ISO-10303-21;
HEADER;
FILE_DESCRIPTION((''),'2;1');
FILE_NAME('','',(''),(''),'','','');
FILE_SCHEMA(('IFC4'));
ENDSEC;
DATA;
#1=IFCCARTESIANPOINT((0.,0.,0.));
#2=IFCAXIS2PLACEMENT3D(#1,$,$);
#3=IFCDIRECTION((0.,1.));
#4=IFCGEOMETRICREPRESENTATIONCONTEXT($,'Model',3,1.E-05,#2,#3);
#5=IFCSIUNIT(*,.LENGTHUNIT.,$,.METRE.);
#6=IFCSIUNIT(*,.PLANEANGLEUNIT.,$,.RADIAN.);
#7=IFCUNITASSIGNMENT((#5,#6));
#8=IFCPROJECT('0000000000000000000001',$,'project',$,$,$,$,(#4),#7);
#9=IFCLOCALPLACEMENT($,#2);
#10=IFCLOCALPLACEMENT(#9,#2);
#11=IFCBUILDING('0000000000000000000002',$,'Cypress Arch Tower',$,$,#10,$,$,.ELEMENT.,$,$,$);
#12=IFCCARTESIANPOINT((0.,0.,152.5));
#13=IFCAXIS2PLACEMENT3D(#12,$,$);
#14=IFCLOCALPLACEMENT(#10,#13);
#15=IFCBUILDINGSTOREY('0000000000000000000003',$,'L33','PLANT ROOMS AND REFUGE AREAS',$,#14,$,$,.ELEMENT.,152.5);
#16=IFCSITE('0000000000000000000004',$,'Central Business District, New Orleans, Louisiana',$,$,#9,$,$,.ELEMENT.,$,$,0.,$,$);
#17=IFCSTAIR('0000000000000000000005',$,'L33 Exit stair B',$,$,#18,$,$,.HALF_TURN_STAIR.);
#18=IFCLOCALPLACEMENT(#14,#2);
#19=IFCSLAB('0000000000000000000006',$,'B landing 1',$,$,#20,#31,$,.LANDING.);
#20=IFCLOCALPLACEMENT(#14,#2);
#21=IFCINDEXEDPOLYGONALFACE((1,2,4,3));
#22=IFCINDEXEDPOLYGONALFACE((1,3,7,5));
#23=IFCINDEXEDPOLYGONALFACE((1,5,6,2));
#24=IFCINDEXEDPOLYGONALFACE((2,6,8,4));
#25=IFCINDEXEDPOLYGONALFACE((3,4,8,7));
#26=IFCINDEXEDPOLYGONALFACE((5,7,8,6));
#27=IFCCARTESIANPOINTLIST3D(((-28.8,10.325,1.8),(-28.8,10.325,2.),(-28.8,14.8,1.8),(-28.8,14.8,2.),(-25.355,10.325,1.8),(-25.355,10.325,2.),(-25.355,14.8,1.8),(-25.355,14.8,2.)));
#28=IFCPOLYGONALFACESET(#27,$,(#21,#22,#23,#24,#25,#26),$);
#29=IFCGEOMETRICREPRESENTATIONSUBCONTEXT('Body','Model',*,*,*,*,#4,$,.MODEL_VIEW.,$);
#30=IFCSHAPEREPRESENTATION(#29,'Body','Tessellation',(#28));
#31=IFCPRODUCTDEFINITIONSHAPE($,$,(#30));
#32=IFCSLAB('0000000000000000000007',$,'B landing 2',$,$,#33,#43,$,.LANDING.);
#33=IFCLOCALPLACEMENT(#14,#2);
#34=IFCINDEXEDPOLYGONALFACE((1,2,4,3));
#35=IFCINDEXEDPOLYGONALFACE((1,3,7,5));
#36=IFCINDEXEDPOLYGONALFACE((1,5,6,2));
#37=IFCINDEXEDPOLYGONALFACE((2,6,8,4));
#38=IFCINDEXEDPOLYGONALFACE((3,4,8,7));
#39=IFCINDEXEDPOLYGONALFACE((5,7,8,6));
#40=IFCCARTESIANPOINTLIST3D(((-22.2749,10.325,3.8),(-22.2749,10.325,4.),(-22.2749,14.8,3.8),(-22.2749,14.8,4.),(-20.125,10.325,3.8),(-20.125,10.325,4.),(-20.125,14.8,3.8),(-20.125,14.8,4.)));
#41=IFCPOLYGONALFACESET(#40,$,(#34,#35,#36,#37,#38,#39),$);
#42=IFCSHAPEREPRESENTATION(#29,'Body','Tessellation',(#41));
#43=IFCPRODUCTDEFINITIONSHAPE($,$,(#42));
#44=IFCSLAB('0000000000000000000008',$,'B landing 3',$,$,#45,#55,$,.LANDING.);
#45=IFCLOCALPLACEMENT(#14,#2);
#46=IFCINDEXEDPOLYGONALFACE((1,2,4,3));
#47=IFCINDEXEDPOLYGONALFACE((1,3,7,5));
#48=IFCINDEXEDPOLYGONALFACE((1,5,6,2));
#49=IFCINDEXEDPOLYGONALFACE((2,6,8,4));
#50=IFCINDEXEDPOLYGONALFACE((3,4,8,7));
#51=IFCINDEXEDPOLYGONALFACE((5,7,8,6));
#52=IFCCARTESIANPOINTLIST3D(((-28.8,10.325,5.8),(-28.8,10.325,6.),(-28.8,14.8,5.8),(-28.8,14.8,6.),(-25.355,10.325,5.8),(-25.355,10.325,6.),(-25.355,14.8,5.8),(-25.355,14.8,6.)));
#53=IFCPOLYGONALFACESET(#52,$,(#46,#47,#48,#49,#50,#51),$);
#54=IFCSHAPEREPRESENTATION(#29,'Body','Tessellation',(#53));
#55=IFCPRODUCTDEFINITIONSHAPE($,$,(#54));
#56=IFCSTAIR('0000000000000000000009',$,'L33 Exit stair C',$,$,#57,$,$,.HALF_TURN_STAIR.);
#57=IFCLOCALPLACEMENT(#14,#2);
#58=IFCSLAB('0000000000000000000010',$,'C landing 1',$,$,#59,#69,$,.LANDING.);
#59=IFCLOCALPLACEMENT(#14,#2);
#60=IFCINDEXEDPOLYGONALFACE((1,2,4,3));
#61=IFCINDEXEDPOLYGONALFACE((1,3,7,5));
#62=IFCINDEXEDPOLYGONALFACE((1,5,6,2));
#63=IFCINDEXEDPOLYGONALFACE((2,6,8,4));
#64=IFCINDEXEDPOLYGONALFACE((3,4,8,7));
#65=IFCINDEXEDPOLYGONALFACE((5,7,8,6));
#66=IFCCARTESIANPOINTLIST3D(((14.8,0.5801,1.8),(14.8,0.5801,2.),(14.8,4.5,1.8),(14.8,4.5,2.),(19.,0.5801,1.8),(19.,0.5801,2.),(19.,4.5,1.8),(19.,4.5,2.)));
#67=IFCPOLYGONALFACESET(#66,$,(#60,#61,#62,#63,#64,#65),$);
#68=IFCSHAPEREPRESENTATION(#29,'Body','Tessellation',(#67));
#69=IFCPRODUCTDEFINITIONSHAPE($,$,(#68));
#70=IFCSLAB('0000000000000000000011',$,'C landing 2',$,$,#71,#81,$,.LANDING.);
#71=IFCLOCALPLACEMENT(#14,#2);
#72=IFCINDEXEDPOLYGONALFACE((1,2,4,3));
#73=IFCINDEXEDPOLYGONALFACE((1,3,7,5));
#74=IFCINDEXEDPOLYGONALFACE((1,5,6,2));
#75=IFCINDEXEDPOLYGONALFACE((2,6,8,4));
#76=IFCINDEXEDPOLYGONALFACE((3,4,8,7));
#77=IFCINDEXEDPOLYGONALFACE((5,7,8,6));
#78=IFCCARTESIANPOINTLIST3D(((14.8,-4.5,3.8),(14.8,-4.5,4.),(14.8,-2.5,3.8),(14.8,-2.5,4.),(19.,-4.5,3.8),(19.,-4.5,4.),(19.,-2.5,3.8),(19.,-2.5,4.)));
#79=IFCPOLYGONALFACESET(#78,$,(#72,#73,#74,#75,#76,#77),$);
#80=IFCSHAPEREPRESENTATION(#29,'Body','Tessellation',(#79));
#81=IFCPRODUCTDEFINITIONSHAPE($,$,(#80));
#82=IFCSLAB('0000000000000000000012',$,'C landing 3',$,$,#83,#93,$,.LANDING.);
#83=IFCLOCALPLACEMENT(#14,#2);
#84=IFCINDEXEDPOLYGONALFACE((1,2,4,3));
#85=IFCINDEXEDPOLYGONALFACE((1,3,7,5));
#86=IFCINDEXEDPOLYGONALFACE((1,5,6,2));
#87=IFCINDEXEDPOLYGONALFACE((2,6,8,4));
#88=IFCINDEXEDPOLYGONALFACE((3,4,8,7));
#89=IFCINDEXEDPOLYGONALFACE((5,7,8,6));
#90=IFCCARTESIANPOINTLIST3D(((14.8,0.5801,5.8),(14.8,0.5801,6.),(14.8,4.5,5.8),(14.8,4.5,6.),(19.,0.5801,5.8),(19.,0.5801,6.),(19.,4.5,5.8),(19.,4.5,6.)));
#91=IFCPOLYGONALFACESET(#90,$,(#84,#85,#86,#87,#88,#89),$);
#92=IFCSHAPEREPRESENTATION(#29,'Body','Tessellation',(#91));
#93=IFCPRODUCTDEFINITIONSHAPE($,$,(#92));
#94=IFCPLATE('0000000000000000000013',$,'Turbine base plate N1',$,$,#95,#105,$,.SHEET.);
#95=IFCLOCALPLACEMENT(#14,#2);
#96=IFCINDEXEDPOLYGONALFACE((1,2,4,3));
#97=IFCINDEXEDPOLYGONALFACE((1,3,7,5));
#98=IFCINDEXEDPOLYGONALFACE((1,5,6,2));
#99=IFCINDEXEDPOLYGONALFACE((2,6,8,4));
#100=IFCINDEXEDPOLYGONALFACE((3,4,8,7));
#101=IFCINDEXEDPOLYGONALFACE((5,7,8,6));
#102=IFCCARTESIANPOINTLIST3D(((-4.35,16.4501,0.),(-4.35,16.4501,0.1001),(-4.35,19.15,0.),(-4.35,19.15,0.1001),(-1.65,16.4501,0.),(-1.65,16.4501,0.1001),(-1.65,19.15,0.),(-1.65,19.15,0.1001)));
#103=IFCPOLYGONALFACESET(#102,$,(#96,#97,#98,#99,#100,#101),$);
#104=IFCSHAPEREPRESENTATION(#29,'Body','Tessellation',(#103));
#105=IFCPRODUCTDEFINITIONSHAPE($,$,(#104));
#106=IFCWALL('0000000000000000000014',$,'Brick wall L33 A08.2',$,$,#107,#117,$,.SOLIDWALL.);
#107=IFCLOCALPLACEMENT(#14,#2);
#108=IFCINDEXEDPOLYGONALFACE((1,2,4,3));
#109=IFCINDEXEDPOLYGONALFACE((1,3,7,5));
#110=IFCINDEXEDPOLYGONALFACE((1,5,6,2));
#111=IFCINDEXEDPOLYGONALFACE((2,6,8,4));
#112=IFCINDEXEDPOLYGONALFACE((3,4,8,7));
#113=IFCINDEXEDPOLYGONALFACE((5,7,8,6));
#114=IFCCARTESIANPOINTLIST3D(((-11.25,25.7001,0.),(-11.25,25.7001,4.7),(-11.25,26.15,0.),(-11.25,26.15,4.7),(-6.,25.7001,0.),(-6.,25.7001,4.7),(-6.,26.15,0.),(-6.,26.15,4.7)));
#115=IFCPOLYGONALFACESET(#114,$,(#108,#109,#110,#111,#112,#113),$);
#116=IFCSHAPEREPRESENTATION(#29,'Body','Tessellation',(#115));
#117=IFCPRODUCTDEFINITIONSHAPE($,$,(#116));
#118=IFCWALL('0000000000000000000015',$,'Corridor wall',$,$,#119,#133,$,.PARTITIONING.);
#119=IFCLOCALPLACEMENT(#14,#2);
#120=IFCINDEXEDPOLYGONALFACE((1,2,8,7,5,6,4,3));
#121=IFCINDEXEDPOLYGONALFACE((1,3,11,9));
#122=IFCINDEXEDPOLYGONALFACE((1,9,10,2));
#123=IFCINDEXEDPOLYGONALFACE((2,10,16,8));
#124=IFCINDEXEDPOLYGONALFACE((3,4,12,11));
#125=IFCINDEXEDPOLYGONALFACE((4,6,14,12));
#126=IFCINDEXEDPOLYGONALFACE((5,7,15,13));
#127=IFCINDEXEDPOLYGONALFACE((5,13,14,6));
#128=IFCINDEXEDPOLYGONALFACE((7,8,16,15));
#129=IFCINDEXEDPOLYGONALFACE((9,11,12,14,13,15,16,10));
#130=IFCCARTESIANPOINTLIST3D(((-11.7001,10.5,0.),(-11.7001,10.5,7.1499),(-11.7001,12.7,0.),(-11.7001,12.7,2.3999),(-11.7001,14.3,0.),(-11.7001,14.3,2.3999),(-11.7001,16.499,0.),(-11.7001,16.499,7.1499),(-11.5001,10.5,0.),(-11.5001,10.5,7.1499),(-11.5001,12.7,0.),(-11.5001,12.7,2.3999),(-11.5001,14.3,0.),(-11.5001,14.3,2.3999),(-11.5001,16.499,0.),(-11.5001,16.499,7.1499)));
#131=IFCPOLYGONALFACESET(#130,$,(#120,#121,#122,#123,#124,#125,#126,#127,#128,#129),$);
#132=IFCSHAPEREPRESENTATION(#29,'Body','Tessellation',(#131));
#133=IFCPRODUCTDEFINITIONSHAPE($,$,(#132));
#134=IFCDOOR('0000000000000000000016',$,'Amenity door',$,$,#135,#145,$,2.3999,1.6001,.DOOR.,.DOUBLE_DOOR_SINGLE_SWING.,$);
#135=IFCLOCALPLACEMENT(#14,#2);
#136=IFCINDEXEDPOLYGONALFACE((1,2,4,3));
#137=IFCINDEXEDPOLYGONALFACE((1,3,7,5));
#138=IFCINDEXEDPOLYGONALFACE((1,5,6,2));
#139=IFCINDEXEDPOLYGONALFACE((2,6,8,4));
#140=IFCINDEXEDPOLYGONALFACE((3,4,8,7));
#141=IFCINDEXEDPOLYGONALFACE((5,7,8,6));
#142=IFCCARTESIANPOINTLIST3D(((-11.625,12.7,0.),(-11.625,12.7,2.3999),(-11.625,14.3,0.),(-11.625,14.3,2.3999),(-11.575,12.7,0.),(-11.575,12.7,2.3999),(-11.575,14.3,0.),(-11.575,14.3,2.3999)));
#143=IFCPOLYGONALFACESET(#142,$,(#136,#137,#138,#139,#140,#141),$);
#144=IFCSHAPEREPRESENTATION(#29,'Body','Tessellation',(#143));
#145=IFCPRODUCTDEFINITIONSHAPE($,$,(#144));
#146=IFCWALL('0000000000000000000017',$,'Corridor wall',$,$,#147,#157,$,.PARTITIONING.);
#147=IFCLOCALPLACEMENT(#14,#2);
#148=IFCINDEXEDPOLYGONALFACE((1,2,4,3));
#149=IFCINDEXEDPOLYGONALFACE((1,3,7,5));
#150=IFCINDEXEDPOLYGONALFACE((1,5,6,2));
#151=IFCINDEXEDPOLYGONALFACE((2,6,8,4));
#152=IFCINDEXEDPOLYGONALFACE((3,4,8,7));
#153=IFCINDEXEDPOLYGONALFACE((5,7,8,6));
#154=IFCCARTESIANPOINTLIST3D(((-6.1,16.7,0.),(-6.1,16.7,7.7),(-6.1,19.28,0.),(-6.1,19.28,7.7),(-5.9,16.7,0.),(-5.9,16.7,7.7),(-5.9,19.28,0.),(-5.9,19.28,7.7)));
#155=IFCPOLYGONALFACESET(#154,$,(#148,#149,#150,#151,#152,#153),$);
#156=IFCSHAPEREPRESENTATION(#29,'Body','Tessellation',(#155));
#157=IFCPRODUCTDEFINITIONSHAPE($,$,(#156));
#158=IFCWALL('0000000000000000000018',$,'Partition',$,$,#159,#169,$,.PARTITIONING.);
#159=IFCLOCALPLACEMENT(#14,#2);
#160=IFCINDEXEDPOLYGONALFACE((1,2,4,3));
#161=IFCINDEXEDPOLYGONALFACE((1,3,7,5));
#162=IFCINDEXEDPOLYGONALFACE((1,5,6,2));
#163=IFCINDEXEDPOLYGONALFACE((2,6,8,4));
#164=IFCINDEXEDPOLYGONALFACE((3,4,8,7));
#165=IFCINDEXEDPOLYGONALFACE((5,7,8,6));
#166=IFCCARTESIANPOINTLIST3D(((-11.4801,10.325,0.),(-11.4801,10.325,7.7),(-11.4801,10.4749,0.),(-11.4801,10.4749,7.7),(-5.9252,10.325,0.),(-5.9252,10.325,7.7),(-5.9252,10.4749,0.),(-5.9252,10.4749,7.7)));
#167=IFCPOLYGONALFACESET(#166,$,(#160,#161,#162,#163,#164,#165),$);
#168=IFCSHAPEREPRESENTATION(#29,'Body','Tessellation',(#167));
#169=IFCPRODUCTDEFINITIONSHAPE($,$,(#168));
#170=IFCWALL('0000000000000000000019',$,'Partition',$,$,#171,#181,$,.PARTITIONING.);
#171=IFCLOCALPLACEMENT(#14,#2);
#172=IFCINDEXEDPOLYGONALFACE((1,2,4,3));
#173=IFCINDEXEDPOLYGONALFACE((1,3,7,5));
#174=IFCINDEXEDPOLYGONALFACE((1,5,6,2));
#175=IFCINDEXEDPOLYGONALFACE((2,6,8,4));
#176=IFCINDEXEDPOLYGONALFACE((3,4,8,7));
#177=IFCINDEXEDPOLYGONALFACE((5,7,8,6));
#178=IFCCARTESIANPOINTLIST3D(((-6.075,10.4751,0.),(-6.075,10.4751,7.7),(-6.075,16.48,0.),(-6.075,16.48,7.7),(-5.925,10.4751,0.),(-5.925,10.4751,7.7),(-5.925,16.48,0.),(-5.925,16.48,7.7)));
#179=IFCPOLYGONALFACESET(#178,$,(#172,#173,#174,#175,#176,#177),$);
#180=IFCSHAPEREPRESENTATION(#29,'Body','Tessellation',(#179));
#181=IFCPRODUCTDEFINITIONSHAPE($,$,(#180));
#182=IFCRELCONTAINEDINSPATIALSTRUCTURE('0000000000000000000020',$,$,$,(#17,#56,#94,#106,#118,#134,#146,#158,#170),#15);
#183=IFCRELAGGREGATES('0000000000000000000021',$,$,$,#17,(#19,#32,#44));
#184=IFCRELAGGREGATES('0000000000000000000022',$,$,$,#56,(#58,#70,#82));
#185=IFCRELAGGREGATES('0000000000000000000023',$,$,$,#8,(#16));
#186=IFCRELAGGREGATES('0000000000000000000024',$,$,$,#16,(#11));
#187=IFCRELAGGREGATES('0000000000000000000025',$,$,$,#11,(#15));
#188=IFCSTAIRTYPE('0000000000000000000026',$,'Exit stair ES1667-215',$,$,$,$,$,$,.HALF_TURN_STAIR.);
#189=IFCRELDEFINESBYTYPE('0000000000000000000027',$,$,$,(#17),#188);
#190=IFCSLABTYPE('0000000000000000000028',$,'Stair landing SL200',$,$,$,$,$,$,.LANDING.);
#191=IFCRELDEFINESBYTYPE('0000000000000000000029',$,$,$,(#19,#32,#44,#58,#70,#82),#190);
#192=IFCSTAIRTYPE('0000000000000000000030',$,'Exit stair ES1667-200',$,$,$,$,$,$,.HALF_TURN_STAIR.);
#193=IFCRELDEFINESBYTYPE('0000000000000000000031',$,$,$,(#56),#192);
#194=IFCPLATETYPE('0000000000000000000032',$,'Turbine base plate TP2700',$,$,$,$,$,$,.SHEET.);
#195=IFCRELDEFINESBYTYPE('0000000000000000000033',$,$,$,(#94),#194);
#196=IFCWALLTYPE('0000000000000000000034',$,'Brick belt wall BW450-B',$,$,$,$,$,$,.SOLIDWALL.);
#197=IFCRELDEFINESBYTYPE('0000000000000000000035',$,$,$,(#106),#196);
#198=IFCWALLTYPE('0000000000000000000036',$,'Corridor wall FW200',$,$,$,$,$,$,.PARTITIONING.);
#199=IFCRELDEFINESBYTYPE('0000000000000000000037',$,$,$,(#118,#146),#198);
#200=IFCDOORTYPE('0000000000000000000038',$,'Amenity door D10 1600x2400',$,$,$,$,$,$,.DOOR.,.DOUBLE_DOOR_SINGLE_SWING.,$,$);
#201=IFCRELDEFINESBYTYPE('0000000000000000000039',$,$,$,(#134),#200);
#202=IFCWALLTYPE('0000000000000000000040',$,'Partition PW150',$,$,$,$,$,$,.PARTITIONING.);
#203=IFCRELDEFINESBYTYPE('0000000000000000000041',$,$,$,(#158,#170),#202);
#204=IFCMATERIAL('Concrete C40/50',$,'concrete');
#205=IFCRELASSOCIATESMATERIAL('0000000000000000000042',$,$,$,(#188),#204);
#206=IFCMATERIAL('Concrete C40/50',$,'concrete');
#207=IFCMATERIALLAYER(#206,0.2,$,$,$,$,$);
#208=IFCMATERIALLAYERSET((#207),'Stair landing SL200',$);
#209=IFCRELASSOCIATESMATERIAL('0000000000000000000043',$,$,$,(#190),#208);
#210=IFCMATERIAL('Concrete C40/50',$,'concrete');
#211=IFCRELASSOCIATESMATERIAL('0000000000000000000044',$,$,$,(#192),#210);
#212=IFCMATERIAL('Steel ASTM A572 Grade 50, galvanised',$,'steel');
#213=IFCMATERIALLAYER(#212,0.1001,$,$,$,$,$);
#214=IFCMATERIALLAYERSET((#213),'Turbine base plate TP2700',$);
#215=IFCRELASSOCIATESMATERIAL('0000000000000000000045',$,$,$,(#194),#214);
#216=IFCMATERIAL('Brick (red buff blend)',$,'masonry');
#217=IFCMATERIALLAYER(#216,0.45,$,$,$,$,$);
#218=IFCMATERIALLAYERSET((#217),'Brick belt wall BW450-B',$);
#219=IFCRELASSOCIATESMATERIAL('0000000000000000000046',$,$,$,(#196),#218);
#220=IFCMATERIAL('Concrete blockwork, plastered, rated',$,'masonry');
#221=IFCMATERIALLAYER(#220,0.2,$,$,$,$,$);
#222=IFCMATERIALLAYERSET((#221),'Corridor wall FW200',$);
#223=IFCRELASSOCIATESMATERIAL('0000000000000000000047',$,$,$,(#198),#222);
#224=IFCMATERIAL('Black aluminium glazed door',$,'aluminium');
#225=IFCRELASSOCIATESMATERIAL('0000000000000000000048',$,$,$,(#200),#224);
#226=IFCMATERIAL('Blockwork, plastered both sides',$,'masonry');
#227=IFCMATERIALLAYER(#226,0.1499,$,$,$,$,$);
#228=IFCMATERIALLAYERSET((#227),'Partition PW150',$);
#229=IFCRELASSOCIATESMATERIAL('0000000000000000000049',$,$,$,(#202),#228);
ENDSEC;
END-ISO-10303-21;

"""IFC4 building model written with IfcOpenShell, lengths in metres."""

from ifc_helpers import new_model, si_unit, direction, frame, frame_2d, origin, origin_2d, place, context, subcontext, project, spatial, polyline, rectangle, outline, extrude, material, layer, layer_set, type_object, element, fill, aggregate, save


model = new_model("IFC4")

# Units and contexts
model_context = context("Model", 3, precision=1e-05, world=origin(), true_north=direction((0.0, 1.0)))
body_context = subcontext(model_context, "Body", "Model", "MODEL_VIEW")
ifc_project = project(units=[si_unit("LENGTHUNIT", "METRE"), si_unit("PLANEANGLEUNIT", "RADIAN")], contexts=[model_context])

# Site, building, storey
site_placement = place(None, origin())
site = spatial("IfcSite", under=ifc_project, at=site_placement, Name="Central Business District, New Orleans, Louisiana", CompositionType="ELEMENT", RefElevation=0.0)
building_placement = place(site_placement, origin())
building = spatial("IfcBuilding", under=site, at=building_placement, Name="Cypress Arch Tower", CompositionType="ELEMENT")
storey_placement = place(building_placement, frame((0.0, 0.0, 152.5)))
storey = spatial("IfcBuildingStorey", under=building, at=storey_placement, Name="L33", Description="PLANT ROOMS AND REFUGE AREAS", CompositionType="ELEMENT", Elevation=152.5)

# Stairs, slabs
ifc_material_1 = material(Name="Concrete C40/50", Category="concrete")
stair_type_1 = type_object("IfcStairType", Name="Exit stair ES1667-215", PredefinedType="HALF_TURN_STAIR", material=ifc_material_1)
ifc_material_2 = material(Name="Concrete C40/50", Category="concrete")
ifc_layer_1 = layer(ifc_material_2, 0.2)
ifc_layer_set_1 = layer_set([ifc_layer_1], Name="Stair landing SL200")
slab_type_1 = type_object("IfcSlabType", Name="Stair landing SL200", PredefinedType="LANDING", material=ifc_layer_set_1)
stair_1_placement = place(storey_placement, origin())
stair_1 = element("IfcStair", 1, at=stair_1_placement, inside=storey, type_object=stair_type_1, Name="L33 Exit stair B", PredefinedType="HALF_TURN_STAIR")
slab_1_placement = place(storey_placement, frame((0.0, 0.0, 1.8)))
slab_1 = element("IfcSlab", 2, at=slab_1_placement, type_object=slab_type_1, Name="B landing 1", PredefinedType="LANDING", context=body_context, shape_type="SweptSolid", body=[
    extrude(outline(polyline([(-25.355, 14.8), (-28.8, 14.8), (-28.8, 10.325), (-25.355, 10.325), (-25.355, 14.8)])), origin(), (0.0, 0.0, 1.0), 0.2),
])
slab_2_placement = place(storey_placement, frame((0.0, 0.0, 3.8)))
slab_2 = element("IfcSlab", 3, at=slab_2_placement, type_object=slab_type_1, Name="B landing 2", PredefinedType="LANDING", context=body_context, shape_type="SweptSolid", body=[
    extrude(outline(polyline([(-20.125, 14.8), (-22.2749, 14.8), (-22.2749, 10.325), (-20.125, 10.325), (-20.125, 14.8)])), origin(), (0.0, 0.0, 1.0), 0.2),
])
slab_3_placement = place(storey_placement, frame((0.0, 0.0, 5.8)))
slab_3 = element("IfcSlab", 4, at=slab_3_placement, type_object=slab_type_1, Name="B landing 3", PredefinedType="LANDING", context=body_context, shape_type="SweptSolid", body=[
    extrude(outline(polyline([(-25.355, 14.8), (-28.8, 14.8), (-28.8, 10.325), (-25.355, 10.325), (-25.355, 14.8)])), origin(), (0.0, 0.0, 1.0), 0.2),
])
aggregate(stair_1, [slab_1, slab_2, slab_3])
ifc_material_3 = material(Name="Concrete C40/50", Category="concrete")
stair_type_2 = type_object("IfcStairType", Name="Exit stair ES1667-200", PredefinedType="HALF_TURN_STAIR", material=ifc_material_3)
stair_2_placement = place(storey_placement, origin())
stair_2 = element("IfcStair", 5, at=stair_2_placement, inside=storey, type_object=stair_type_2, Name="L33 Exit stair C", PredefinedType="HALF_TURN_STAIR")
slab_4_placement = place(storey_placement, frame((0.0, 0.0, 1.8)))
slab_4 = element("IfcSlab", 6, at=slab_4_placement, type_object=slab_type_1, Name="C landing 1", PredefinedType="LANDING", context=body_context, shape_type="SweptSolid", body=[
    extrude(outline(polyline([(19.0, 0.5801), (19.0, 4.5), (14.8, 4.5), (14.8, 0.5801), (19.0, 0.5801)])), origin(), (0.0, 0.0, 1.0), 0.2),
])
slab_5_placement = place(storey_placement, frame((0.0, 0.0, 3.8)))
slab_5 = element("IfcSlab", 7, at=slab_5_placement, type_object=slab_type_1, Name="C landing 2", PredefinedType="LANDING", context=body_context, shape_type="SweptSolid", body=[
    extrude(outline(polyline([(19.0, -4.5), (19.0, -2.5), (14.8, -2.5), (14.8, -4.5), (19.0, -4.5)])), origin(), (0.0, 0.0, 1.0), 0.2),
])
slab_6_placement = place(storey_placement, frame((0.0, 0.0, 5.8)))
slab_6 = element("IfcSlab", 8, at=slab_6_placement, type_object=slab_type_1, Name="C landing 3", PredefinedType="LANDING", context=body_context, shape_type="SweptSolid", body=[
    extrude(outline(polyline([(19.0, 0.5801), (19.0, 4.5), (14.8, 4.5), (14.8, 0.5801), (19.0, 0.5801)])), origin(), (0.0, 0.0, 1.0), 0.2),
])
aggregate(stair_2, [slab_4, slab_5, slab_6])

# Plate
ifc_material_4 = material(Name="Steel ASTM A572 Grade 50, galvanised", Category="steel")
ifc_layer_2 = layer(ifc_material_4, 0.1001)
ifc_layer_set_2 = layer_set([ifc_layer_2], Name="Turbine base plate TP2700")
plate_type = type_object("IfcPlateType", Name="Turbine base plate TP2700", PredefinedType="SHEET", material=ifc_layer_set_2)
plate_placement = place(storey_placement, frame((-3.0, 17.8, 0.0), z_axis=(0.0, 0.0, 1.0), x_axis=(1.0, 0.0, 0.0)))
element("IfcPlate", 9, at=plate_placement, inside=storey, type_object=plate_type, Name="Turbine base plate N1", PredefinedType="SHEET", context=body_context, shape_type="SweptSolid", body=[
    extrude(rectangle(XDim=2.7, YDim=2.7, at=origin_2d()), origin(), (0.0, 0.0, 1.0), 0.1001),
])

# Wall
ifc_material_5 = material(Name="Brick (red buff blend)", Category="masonry")
ifc_layer_3 = layer(ifc_material_5, 0.45)
ifc_layer_set_3 = layer_set([ifc_layer_3], Name="Brick belt wall BW450-B")
wall_type_1 = type_object("IfcWallType", Name="Brick belt wall BW450-B", PredefinedType="SOLIDWALL", material=ifc_layer_set_3)
wall_1_placement = place(storey_placement, frame((-6.0, 25.925, 0.0), z_axis=(0.0, 0.0, 1.0), x_axis=(-1.0, 0.0, 0.0)))
element("IfcWall", 10, at=wall_1_placement, inside=storey, type_object=wall_type_1, Name="Brick wall L33 A08.2", PredefinedType="SOLIDWALL", context=body_context, shape_type="SweptSolid", body=[
    extrude(rectangle(XDim=5.25, YDim=0.45, at=frame_2d((2.625, 0.0))), origin(), (0.0, 0.0, 1.0), 4.7),
])

# Wall, opening, door
ifc_material_6 = material(Name="Concrete blockwork, plastered, rated", Category="masonry")
ifc_layer_4 = layer(ifc_material_6, 0.2)
ifc_layer_set_4 = layer_set([ifc_layer_4], Name="Corridor wall FW200")
wall_type_2 = type_object("IfcWallType", Name="Corridor wall FW200", PredefinedType="PARTITIONING", material=ifc_layer_set_4)
wall_2_placement = place(storey_placement, frame((-11.6001, 10.5, 0.0), z_axis=(0.0, 0.0, 1.0), x_axis=(0.0, 1.0, 0.0)))
wall_2 = element("IfcWall", 11, at=wall_2_placement, inside=storey, type_object=wall_type_2, Name="Corridor wall", PredefinedType="PARTITIONING", context=body_context, shape_type="SweptSolid", body=[
    extrude(rectangle(XDim=5.999, YDim=0.2, at=frame_2d((2.9995, 0.0))), origin(), (0.0, 0.0, 1.0), 7.1499),
])
opening_placement = place(wall_2_placement, frame((2.2, 0.0, 0.0)))
opening = element("IfcOpeningElement", 12, at=opening_placement, cuts=wall_2, PredefinedType="OPENING", context=body_context, shape_type="SweptSolid", body=[
    extrude(rectangle(XDim=1.6001, YDim=2.3999, at=frame_2d((0.8, 1.2))), frame((0.0, 0.1099, 0.0), z_axis=(0.0, -1.0, 0.0), x_axis=(1.0, 0.0, 0.0)), (0.0, 0.0, 1.0), 0.22),
])
ifc_material_7 = material(Name="Black aluminium glazed door", Category="aluminium")
door_type = type_object("IfcDoorType", Name="Amenity door D10 1600x2400", OperationType="DOUBLE_DOOR_SINGLE_SWING", PredefinedType="DOOR", material=ifc_material_7)
door_placement = place(opening_placement, origin())
door = element("IfcDoor", 13, at=door_placement, inside=storey, type_object=door_type, Name="Amenity door", OperationType="DOUBLE_DOOR_SINGLE_SWING", OverallHeight=2.3999, OverallWidth=1.6001, PredefinedType="DOOR", context=body_context, shape_type="SweptSolid", body=[
    extrude(rectangle(XDim=1.6001, YDim=2.3999, at=frame_2d((0.8, 1.2))), frame((0.0, 0.0249, 0.0), z_axis=(0.0, -1.0, 0.0), x_axis=(1.0, 0.0, 0.0)), (0.0, 0.0, 1.0), 0.05),
])
fill(opening, door)

# Walls
wall_3_placement = place(storey_placement, frame((-6.0, 16.7, 0.0), z_axis=(0.0, 0.0, 1.0), x_axis=(0.0, 1.0, 0.0)))
element("IfcWall", 14, at=wall_3_placement, inside=storey, type_object=wall_type_2, Name="Corridor wall", PredefinedType="PARTITIONING", context=body_context, shape_type="SweptSolid", body=[
    extrude(rectangle(XDim=2.5801, YDim=0.2, at=frame_2d((1.29, 0.0))), origin(), (0.0, 0.0, 1.0), 7.7),
])
ifc_material_8 = material(Name="Blockwork, plastered both sides", Category="masonry")
ifc_layer_5 = layer(ifc_material_8, 0.1499)
ifc_layer_set_5 = layer_set([ifc_layer_5], Name="Partition PW150")
wall_type_3 = type_object("IfcWallType", Name="Partition PW150", PredefinedType="PARTITIONING", material=ifc_layer_set_5)
wall_4_placement = place(storey_placement, frame((-11.48, 10.3999, 0.0), z_axis=(0.0, 0.0, 1.0), x_axis=(1.0, 0.0, 0.0)))
element("IfcWall", 15, at=wall_4_placement, inside=storey, type_object=wall_type_3, Name="Partition", PredefinedType="PARTITIONING", context=body_context, shape_type="SweptSolid", body=[
    extrude(rectangle(XDim=5.5549, YDim=0.1499, at=frame_2d((2.7773, 0.0))), origin(), (0.0, 0.0, 1.0), 7.7),
])
wall_5_placement = place(storey_placement, frame((-6.0, 10.4751, 0.0), z_axis=(0.0, 0.0, 1.0), x_axis=(0.0, 1.0, 0.0)))
element("IfcWall", 16, at=wall_5_placement, inside=storey, type_object=wall_type_3, Name="Partition", PredefinedType="PARTITIONING", context=body_context, shape_type="SweptSolid", body=[
    extrude(rectangle(XDim=6.0049, YDim=0.1499, at=frame_2d((3.0024, 0.0))), origin(), (0.0, 0.0, 1.0), 7.7),
])

save(model, "model.ifc")
